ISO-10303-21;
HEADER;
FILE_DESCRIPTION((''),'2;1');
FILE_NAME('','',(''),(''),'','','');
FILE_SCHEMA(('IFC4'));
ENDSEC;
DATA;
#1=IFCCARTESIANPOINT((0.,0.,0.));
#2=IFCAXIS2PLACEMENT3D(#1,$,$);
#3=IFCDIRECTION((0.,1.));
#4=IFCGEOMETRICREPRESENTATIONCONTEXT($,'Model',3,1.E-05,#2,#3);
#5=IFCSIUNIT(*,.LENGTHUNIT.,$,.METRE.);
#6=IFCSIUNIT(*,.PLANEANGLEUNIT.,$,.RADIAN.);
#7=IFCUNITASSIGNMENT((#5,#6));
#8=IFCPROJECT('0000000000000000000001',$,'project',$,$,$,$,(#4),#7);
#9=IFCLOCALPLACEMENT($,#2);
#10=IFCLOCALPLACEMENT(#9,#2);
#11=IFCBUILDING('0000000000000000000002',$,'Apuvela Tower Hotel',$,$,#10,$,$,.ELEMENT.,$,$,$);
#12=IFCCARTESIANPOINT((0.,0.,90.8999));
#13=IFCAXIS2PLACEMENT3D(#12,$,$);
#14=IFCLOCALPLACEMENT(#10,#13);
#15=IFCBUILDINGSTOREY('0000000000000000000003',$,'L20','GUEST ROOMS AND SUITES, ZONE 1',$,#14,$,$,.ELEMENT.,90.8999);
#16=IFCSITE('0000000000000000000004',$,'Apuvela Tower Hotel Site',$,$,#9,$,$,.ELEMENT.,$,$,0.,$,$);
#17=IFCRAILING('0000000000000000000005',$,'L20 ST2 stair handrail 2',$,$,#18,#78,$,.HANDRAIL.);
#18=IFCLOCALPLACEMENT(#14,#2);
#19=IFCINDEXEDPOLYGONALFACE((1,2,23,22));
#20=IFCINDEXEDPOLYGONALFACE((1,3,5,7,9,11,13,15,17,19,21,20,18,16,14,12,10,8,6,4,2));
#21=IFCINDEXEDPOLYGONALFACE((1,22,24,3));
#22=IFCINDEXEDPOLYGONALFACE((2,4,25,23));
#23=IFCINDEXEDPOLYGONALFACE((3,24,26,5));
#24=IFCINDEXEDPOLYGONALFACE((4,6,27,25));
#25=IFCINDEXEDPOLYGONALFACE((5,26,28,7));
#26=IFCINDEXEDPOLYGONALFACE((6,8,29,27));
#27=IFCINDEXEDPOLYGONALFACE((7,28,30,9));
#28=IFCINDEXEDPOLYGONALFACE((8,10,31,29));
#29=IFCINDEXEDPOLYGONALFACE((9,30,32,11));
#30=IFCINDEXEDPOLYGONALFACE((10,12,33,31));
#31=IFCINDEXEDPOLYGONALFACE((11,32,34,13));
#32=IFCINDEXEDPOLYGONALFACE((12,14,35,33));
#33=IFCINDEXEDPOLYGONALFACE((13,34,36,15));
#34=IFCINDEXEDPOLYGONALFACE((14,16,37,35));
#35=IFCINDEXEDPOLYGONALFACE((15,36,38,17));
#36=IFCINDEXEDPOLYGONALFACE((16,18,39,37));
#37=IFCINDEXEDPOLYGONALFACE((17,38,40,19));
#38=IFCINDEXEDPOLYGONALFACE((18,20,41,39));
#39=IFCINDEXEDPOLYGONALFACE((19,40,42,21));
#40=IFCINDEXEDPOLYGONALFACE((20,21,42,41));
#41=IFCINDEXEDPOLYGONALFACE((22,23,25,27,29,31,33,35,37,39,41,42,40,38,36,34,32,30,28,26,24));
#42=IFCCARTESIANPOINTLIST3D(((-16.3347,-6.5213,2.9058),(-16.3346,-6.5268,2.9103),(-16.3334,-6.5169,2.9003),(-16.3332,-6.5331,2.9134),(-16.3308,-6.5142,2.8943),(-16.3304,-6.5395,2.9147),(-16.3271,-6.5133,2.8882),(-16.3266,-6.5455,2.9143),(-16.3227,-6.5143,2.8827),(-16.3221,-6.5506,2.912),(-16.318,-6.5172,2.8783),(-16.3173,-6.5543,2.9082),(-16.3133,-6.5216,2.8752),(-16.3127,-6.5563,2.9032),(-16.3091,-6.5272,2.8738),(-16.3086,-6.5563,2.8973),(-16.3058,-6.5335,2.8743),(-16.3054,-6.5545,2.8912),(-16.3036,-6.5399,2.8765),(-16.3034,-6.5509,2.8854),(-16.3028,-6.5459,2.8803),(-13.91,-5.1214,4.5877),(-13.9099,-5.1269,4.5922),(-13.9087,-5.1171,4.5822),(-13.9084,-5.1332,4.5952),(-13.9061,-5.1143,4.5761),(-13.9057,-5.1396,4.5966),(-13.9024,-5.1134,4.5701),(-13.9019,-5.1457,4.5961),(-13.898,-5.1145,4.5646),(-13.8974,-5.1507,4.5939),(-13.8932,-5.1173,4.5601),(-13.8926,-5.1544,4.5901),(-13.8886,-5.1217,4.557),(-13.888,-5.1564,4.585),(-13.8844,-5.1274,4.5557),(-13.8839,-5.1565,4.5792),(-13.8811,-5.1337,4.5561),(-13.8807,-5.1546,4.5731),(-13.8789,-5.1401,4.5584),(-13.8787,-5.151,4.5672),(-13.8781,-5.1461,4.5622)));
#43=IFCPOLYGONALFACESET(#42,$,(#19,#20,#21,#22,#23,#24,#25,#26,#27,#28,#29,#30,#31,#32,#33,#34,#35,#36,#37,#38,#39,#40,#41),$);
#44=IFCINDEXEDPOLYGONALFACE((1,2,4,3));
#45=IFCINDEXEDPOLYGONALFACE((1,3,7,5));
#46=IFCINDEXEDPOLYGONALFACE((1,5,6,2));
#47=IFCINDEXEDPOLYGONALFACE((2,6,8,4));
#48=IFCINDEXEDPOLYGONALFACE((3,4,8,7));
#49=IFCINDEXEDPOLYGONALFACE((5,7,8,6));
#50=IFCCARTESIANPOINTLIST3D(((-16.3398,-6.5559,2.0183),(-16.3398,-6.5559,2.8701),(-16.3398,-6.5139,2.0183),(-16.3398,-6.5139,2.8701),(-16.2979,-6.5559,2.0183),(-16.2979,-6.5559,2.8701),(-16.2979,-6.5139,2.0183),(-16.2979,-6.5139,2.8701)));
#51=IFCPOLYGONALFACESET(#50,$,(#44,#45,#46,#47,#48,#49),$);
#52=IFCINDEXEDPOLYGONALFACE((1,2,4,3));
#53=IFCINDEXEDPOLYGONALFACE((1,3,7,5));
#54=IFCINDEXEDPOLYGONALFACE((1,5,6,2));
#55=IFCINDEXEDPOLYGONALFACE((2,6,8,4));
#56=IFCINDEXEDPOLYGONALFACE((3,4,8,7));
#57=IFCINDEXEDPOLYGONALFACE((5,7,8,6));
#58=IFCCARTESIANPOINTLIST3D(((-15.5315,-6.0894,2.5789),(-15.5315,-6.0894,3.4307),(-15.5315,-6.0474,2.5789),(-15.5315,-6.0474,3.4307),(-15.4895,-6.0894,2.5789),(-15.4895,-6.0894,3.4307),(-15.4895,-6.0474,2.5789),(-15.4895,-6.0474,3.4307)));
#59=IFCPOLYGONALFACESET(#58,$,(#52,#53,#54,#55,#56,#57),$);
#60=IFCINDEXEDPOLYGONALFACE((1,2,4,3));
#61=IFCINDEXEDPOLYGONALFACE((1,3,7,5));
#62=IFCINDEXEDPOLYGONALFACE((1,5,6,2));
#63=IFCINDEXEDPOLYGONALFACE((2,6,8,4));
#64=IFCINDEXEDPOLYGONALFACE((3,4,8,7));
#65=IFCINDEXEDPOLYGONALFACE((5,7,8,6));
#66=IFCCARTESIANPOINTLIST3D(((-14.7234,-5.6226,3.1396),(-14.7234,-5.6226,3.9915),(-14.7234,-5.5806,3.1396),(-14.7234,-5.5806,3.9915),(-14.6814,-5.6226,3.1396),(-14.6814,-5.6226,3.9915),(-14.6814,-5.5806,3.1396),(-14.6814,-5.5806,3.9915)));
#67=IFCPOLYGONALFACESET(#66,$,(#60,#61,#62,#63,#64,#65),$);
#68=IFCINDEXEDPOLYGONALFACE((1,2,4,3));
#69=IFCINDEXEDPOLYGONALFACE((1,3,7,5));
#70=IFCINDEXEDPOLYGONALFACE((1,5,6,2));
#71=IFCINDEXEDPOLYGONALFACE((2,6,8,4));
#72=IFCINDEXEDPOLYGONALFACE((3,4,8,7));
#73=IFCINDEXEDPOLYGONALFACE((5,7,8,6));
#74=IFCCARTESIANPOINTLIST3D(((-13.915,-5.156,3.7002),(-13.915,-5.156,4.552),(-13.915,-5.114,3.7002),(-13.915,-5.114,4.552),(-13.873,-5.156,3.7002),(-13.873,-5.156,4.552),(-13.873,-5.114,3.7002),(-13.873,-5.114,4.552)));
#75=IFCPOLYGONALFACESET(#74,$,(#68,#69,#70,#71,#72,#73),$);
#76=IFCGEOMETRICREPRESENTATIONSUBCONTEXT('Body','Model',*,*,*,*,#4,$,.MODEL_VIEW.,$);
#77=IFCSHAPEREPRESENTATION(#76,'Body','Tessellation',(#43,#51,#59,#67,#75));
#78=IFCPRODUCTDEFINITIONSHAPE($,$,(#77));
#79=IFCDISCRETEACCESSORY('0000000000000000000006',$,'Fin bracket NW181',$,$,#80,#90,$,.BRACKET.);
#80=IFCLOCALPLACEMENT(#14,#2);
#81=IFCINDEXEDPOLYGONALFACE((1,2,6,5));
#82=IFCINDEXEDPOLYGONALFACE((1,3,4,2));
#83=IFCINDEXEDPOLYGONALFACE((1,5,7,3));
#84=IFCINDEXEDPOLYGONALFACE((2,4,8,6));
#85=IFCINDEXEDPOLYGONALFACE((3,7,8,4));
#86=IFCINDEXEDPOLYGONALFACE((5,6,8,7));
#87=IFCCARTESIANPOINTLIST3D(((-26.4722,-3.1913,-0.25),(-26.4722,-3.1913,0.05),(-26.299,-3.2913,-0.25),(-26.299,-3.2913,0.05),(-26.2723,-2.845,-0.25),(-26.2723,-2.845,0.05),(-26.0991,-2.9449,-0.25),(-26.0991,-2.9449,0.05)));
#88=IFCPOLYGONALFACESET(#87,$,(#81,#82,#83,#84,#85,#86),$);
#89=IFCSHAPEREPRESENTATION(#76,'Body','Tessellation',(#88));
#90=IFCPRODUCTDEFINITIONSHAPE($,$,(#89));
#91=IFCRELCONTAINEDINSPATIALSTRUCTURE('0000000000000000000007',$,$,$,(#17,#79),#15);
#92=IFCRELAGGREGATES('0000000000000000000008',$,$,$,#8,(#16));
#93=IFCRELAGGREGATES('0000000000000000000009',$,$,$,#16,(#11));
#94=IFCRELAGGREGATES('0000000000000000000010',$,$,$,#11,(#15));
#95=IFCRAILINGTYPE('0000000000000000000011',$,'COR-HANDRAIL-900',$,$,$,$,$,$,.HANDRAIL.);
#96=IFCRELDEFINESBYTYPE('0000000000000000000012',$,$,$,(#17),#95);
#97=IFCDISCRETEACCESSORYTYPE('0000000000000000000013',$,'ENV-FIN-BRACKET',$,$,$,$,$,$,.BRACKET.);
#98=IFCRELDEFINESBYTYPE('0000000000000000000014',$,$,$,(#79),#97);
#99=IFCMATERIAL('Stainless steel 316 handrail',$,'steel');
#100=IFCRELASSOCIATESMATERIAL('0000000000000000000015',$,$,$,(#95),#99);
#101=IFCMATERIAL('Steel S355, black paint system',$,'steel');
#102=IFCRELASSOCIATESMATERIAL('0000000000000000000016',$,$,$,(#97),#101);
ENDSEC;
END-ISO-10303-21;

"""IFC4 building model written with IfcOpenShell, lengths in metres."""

from ifc_helpers import new_model, si_unit, direction, frame, origin, origin_2d, place, context, subcontext, project, spatial, rectangle, circle, extrude, material, type_object, element, save


model = new_model("IFC4")

# Units and contexts
model_context = context("Model", 3, precision=1e-05, world=origin(), true_north=direction((0.0, 1.0)))
body_context = subcontext(model_context, "Body", "Model", "MODEL_VIEW")
ifc_project = project(units=[si_unit("LENGTHUNIT", "METRE"), si_unit("PLANEANGLEUNIT", "RADIAN")], contexts=[model_context])

# Site, building, storey
site_placement = place(None, origin())
site = spatial("IfcSite", under=ifc_project, at=site_placement, Name="Apuvela Tower Hotel Site", CompositionType="ELEMENT", RefElevation=0.0)
building_placement = place(site_placement, origin())
building = spatial("IfcBuilding", under=site, at=building_placement, Name="Apuvela Tower Hotel", CompositionType="ELEMENT")
storey_placement = place(building_placement, frame((0.0, 0.0, 90.8999)))
storey = spatial("IfcBuildingStorey", under=building, at=storey_placement, Name="L20", Description="GUEST ROOMS AND SUITES, ZONE 1", CompositionType="ELEMENT", Elevation=90.8999)

# Railing
ifc_material_1 = material(Name="Stainless steel 316 handrail", Category="steel")
railing_type_1 = type_object("IfcRailingType", Name="COR-HANDRAIL-900", PredefinedType="HANDRAIL", material=ifc_material_1)
railing_1_placement = place(storey_placement, frame((-16.3188, -6.5349, 2.0183)))
element("IfcRailing", 1, at=railing_1_placement, inside=storey, type_object=railing_type_1, Name="L20 ST2 stair handrail 2", PredefinedType="HANDRAIL", context=body_context, shape_type="SweptSolid", body=[
    extrude(circle(Radius=0.0239, at=origin_2d()), frame((0.0, 0.0, 0.876), z_axis=(0.74239, 0.428601, 0.514934), x_axis=(-0.499984, 0.866035, 0.0)), (0.0, 0.0, 1.0), 3.2661),
    extrude(rectangle(XDim=0.042, YDim=0.042, at=origin_2d()), origin(), (0.0, 0.0, 1.0), 0.8518),
    extrude(rectangle(XDim=0.042, YDim=0.042, at=origin_2d()), frame((0.8083, 0.4666, 0.5605)), (0.0, 0.0, 1.0), 0.8518),
    extrude(rectangle(XDim=0.042, YDim=0.042, at=origin_2d()), frame((1.6165, 0.9333, 1.1213)), (0.0, 0.0, 1.0), 0.8518),
    extrude(rectangle(XDim=0.042, YDim=0.042, at=origin_2d()), frame((2.4248, 1.3999, 1.6819)), (0.0, 0.0, 1.0), 0.8518),
])

# Discrete accessory
ifc_material_2 = material(Name="Steel S355, black paint system", Category="steel")
discrete_accessory_type = type_object("IfcDiscreteAccessoryType", Name="ENV-FIN-BRACKET", PredefinedType="BRACKET", material=ifc_material_2)
discrete_accessory_placement = place(storey_placement, frame((-26.2856, -3.0681, -0.25), z_axis=(0.0, 0.0, 1.0), x_axis=(-0.5, -0.866025, 0.0)))
element("IfcDiscreteAccessory", 2, at=discrete_accessory_placement, inside=storey, type_object=discrete_accessory_type, Name="Fin bracket NW181", PredefinedType="BRACKET", context=body_context, shape_type="SweptSolid", body=[
    extrude(rectangle(XDim=0.3999, YDim=0.2, at=origin_2d()), origin(), (0.0, 0.0, 1.0), 0.3),
])

save(model, "model.ifc")
